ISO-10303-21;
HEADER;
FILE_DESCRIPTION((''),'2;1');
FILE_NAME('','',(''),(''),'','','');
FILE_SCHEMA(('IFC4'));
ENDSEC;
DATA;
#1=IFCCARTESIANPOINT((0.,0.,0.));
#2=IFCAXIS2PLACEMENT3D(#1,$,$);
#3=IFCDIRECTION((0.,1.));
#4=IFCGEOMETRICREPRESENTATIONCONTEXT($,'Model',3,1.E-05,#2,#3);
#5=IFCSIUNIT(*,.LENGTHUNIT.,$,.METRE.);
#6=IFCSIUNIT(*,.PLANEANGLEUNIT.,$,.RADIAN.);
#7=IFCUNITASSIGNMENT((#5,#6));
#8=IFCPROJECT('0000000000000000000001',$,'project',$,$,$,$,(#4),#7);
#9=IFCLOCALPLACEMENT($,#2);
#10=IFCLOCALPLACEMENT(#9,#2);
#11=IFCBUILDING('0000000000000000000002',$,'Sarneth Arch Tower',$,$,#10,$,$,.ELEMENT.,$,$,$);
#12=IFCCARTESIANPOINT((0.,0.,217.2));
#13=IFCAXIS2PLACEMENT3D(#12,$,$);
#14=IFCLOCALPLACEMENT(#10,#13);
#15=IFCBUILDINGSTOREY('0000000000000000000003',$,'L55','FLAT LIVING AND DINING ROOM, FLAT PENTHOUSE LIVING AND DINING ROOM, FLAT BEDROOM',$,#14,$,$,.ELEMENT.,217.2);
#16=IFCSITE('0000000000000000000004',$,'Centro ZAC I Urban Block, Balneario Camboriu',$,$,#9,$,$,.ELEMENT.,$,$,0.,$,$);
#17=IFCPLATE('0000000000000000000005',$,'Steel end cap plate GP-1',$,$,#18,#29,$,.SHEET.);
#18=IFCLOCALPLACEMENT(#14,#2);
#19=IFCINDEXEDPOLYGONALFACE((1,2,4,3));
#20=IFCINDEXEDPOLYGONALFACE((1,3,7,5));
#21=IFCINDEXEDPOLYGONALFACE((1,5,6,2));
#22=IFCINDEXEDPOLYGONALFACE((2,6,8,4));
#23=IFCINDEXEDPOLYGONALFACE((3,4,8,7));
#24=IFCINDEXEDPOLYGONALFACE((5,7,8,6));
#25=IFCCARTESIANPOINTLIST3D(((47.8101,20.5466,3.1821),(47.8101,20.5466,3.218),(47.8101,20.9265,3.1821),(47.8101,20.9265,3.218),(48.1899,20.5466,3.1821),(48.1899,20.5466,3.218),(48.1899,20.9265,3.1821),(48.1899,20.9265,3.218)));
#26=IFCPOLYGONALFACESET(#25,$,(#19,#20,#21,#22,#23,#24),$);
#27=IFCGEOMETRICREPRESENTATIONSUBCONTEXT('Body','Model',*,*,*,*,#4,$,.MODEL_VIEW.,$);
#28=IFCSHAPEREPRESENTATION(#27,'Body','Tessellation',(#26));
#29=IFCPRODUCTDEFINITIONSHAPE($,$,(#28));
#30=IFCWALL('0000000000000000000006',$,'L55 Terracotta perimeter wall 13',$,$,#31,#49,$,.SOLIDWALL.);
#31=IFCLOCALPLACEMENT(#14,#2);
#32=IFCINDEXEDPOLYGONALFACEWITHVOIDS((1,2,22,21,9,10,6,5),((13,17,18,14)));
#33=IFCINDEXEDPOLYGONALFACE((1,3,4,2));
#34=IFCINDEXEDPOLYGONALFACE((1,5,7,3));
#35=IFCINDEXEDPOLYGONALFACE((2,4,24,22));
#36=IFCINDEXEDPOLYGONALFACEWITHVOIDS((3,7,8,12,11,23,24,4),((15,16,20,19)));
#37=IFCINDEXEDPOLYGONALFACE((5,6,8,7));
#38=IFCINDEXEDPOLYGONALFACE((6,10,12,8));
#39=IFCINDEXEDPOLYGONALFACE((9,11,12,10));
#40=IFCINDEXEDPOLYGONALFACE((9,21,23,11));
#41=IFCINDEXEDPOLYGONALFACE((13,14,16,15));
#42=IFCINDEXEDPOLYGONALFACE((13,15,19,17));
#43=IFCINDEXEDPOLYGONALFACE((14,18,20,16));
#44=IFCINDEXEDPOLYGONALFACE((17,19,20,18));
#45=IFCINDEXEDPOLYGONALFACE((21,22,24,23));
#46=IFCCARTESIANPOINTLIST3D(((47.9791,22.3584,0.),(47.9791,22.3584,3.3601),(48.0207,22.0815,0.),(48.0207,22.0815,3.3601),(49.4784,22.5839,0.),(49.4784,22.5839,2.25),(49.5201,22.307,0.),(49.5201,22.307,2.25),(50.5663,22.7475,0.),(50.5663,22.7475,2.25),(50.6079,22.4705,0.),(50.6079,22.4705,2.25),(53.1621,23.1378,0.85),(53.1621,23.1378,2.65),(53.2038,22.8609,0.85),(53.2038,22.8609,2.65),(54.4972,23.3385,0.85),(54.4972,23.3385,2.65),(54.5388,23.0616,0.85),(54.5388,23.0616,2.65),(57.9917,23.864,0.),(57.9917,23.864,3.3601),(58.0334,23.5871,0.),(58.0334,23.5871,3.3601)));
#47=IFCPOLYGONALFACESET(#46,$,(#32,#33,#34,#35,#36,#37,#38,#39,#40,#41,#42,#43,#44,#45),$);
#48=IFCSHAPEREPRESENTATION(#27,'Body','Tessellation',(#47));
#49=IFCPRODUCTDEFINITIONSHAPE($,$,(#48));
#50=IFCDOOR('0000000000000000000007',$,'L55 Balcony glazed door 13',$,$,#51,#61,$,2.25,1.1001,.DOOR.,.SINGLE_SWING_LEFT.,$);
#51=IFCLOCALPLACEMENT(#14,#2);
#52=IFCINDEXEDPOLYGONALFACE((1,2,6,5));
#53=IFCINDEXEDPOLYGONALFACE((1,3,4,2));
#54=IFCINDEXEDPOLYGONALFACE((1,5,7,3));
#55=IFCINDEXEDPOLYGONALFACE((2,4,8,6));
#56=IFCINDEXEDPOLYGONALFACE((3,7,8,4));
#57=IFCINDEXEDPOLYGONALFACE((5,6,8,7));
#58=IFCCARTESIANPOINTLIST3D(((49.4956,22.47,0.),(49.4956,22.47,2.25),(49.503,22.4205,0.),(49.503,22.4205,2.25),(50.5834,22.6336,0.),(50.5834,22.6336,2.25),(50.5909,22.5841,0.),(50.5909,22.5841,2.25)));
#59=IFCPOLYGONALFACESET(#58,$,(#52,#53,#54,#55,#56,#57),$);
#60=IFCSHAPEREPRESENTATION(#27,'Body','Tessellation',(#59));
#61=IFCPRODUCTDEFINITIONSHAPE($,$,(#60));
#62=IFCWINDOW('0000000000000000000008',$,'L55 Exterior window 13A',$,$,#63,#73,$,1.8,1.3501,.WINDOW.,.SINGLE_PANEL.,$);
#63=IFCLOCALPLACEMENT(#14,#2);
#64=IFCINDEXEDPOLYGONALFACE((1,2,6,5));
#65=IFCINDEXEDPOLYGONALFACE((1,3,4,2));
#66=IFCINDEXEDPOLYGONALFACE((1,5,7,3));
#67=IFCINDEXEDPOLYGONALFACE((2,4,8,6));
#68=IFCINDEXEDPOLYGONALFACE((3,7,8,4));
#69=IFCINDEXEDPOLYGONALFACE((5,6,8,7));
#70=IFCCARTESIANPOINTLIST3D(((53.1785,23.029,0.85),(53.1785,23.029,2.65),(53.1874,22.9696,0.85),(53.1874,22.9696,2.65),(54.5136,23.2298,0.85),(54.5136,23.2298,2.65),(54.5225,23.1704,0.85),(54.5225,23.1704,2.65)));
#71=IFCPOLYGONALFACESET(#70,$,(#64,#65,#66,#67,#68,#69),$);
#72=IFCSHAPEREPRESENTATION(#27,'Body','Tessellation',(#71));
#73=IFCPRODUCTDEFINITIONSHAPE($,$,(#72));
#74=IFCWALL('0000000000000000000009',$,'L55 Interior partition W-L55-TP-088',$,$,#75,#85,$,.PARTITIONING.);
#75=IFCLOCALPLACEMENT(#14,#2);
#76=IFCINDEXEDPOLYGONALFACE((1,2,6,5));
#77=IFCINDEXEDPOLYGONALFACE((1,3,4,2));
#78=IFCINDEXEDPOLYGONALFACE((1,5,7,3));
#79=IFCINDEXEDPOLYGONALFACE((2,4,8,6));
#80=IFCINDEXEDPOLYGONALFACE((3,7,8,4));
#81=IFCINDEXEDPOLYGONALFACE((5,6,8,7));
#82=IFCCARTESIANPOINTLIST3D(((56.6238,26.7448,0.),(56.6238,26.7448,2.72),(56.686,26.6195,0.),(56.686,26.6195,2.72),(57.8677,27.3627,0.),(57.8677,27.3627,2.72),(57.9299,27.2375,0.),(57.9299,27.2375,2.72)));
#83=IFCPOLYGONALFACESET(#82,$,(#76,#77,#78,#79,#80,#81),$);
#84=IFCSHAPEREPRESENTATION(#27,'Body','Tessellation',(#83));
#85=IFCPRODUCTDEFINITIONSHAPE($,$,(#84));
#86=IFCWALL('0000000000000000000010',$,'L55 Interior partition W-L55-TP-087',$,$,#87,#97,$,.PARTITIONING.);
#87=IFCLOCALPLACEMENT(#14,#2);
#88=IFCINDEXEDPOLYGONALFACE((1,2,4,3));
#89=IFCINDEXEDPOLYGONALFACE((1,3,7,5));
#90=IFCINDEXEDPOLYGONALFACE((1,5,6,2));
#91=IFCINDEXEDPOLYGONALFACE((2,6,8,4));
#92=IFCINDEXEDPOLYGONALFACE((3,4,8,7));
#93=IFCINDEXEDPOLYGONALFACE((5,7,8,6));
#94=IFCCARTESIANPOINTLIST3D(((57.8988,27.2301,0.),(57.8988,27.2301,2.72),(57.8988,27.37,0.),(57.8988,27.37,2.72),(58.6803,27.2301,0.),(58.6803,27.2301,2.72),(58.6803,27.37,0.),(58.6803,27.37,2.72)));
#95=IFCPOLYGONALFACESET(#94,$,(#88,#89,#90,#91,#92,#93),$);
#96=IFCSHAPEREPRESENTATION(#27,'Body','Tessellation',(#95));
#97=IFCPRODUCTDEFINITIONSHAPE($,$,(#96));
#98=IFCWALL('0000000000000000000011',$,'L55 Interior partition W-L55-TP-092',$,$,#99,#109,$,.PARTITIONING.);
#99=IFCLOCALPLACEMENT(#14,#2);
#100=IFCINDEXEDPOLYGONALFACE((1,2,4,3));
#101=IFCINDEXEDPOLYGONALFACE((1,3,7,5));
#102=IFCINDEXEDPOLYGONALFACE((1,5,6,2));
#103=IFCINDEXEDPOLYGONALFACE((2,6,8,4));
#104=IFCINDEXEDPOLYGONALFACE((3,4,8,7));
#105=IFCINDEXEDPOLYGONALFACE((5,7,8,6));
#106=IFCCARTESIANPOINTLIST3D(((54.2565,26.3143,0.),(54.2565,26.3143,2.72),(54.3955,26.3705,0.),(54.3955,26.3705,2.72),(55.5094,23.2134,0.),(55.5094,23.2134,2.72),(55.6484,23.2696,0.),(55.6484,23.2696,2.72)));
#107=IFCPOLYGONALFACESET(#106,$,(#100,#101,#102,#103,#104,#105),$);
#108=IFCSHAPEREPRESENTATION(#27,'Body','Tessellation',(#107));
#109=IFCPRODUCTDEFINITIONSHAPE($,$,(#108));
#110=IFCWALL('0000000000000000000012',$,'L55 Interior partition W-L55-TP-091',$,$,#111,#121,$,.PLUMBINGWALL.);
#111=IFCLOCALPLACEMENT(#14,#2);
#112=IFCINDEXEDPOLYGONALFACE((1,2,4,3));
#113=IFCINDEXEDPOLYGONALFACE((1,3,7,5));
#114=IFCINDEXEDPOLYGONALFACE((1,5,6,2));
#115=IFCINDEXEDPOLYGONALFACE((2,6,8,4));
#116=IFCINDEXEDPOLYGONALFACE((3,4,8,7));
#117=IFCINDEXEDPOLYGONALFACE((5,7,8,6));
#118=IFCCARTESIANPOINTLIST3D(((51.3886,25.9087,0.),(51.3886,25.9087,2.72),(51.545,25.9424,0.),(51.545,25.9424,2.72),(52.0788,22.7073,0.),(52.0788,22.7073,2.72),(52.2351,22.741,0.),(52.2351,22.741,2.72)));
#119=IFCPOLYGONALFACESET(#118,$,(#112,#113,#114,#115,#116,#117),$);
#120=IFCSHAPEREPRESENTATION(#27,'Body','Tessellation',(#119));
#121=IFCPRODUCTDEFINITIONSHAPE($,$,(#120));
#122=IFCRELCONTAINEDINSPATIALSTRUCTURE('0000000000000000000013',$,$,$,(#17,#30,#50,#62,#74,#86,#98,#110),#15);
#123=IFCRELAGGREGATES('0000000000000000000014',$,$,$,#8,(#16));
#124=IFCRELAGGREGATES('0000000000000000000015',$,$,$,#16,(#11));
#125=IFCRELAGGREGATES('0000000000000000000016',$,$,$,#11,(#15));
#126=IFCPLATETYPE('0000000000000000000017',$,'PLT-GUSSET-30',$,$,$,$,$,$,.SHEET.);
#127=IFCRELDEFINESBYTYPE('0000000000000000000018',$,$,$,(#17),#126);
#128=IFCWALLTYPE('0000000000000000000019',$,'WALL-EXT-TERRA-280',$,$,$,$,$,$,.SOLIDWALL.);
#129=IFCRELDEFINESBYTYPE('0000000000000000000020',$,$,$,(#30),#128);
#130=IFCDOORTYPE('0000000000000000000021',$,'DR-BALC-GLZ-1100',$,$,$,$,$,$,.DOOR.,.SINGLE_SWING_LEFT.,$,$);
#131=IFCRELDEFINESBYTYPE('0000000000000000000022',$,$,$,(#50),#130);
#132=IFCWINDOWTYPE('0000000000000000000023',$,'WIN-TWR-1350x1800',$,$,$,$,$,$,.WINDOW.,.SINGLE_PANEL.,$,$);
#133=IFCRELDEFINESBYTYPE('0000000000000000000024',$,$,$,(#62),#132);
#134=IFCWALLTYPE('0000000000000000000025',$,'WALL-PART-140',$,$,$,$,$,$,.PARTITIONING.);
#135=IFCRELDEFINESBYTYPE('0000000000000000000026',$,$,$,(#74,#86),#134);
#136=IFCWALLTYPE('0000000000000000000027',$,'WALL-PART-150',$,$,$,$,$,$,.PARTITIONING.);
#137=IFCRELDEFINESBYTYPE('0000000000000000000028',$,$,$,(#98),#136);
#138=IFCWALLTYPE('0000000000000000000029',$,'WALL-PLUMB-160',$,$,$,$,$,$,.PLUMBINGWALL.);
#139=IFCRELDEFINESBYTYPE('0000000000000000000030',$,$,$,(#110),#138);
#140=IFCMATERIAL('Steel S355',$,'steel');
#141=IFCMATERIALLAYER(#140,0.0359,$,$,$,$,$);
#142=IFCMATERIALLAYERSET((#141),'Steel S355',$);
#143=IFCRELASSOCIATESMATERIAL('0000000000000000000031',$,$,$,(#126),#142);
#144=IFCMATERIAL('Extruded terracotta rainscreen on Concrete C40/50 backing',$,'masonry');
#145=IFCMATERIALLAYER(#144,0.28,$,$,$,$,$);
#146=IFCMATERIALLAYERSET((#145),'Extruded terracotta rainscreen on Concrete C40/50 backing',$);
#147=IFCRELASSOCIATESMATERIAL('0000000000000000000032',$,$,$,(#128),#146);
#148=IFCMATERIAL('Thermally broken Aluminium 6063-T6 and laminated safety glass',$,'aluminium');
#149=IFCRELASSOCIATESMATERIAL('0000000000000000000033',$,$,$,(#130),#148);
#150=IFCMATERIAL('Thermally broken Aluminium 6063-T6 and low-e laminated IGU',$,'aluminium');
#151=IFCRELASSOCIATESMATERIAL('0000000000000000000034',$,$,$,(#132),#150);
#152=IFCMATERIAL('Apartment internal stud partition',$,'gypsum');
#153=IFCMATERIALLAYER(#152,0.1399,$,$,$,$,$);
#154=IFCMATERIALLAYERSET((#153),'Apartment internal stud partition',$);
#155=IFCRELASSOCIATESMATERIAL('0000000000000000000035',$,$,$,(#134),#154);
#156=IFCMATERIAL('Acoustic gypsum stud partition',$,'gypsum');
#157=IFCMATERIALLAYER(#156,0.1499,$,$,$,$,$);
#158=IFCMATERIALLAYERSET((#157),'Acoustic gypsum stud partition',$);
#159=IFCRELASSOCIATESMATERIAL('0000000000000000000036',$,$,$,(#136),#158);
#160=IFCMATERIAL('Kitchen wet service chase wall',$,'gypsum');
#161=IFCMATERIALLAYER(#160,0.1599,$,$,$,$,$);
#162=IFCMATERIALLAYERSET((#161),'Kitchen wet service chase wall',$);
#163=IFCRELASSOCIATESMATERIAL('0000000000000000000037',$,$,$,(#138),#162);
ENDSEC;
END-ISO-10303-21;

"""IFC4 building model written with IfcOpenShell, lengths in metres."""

from ifc_helpers import new_model, si_unit, direction, frame, frame_2d, origin, origin_2d, place, context, subcontext, project, spatial, rectangle, extrude, material, layer, layer_set, type_object, element, fill, save


model = new_model("IFC4")

# Units and contexts
model_context = context("Model", 3, precision=1e-05, world=origin(), true_north=direction((0.0, 1.0)))
body_context = subcontext(model_context, "Body", "Model", "MODEL_VIEW")
ifc_project = project(units=[si_unit("LENGTHUNIT", "METRE"), si_unit("PLANEANGLEUNIT", "RADIAN")], contexts=[model_context])

# Site, building, storey
site_placement = place(None, origin())
site = spatial("IfcSite", under=ifc_project, at=site_placement, Name="Centro ZAC I Urban Block, Balneario Camboriu", CompositionType="ELEMENT", RefElevation=0.0)
building_placement = place(site_placement, origin())
building = spatial("IfcBuilding", under=site, at=building_placement, Name="Sarneth Arch Tower", CompositionType="ELEMENT")
storey_placement = place(building_placement, frame((0.0, 0.0, 217.2)))
storey = spatial("IfcBuildingStorey", under=building, at=storey_placement, Name="L55", Description="FLAT LIVING AND DINING ROOM, FLAT PENTHOUSE LIVING AND DINING ROOM, FLAT BEDROOM", CompositionType="ELEMENT", Elevation=217.2)

# Plate
ifc_material_1 = material(Name="Steel S355", Category="steel")
ifc_layer_1 = layer(ifc_material_1, 0.0359)
ifc_layer_set_1 = layer_set([ifc_layer_1], Name="Steel S355")
plate_type_1 = type_object("IfcPlateType", Name="PLT-GUSSET-30", PredefinedType="SHEET", material=ifc_layer_set_1)
plate_1_placement = place(storey_placement, frame((48.0, 20.7366, 3.1821), z_axis=(0.0, 0.0, 1.0), x_axis=(0.0, -1.0, 0.0)))
element("IfcPlate", 1, at=plate_1_placement, inside=storey, type_object=plate_type_1, Name="Steel end cap plate GP-1", PredefinedType="SHEET", context=body_context, shape_type="SweptSolid", body=[
    extrude(rectangle(XDim=0.3799, YDim=0.3799, at=origin_2d()), origin(), (0.0, 0.0, 1.0), 0.0359),
])

# Wall, openings, door, window
ifc_material_2 = material(Name="Extruded terracotta rainscreen on Concrete C40/50 backing", Category="masonry")
ifc_layer_2 = layer(ifc_material_2, 0.28)
ifc_layer_set_2 = layer_set([ifc_layer_2], Name="Extruded terracotta rainscreen on Concrete C40/50 backing")
wall_type_1 = type_object("IfcWallType", Name="WALL-EXT-TERRA-280", PredefinedType="SOLIDWALL", material=ifc_layer_set_2)
wall_1_placement = place(storey_placement, frame((48.0, 22.22, 0.0), z_axis=(0.0, 0.0, 1.0), x_axis=(0.988883, 0.148699, 0.0)))
wall_1 = element("IfcWall", 2, at=wall_1_placement, inside=storey, type_object=wall_type_1, Name="L55 Terracotta perimeter wall 13", PredefinedType="SOLIDWALL", context=body_context, shape_type="SweptSolid", body=[
    extrude(rectangle(XDim=10.1252, YDim=0.28, at=frame_2d((5.0625, 0.0))), origin(), (0.0, 0.0, 1.0), 3.3601),
])
opening_1_placement = place(wall_1_placement, frame((1.5161, 0.0, 0.0)))
opening_1 = element("IfcOpeningElement", 3, at=opening_1_placement, cuts=wall_1, PredefinedType="OPENING", context=body_context, shape_type="SweptSolid", body=[
    extrude(rectangle(XDim=1.1001, YDim=2.25, at=frame_2d((0.55, 1.125))), frame((0.0, 0.1499, 0.0), z_axis=(0.0, -1.0, 0.0), x_axis=(1.0, 0.0, 0.0)), (0.0, 0.0, 1.0), 0.3),
])
opening_2_placement = place(wall_1_placement, frame((5.2412, 0.0, 0.8501)))
opening_2 = element("IfcOpeningElement", 4, at=opening_2_placement, cuts=wall_1, PredefinedType="OPENING", context=body_context, shape_type="SweptSolid", body=[
    extrude(rectangle(XDim=1.3501, YDim=1.8, at=frame_2d((0.675, 0.8999))), frame((0.0, 0.1499, 0.0), z_axis=(0.0, -1.0, 0.0), x_axis=(1.0, 0.0, 0.0)), (0.0, 0.0, 1.0), 0.3),
])
ifc_material_3 = material(Name="Thermally broken Aluminium 6063-T6 and laminated safety glass", Category="aluminium")
door_type = type_object("IfcDoorType", Name="DR-BALC-GLZ-1100", OperationType="SINGLE_SWING_LEFT", PredefinedType="DOOR", material=ifc_material_3)
door_placement = place(opening_1_placement, origin())
door = element("IfcDoor", 5, at=door_placement, inside=storey, type_object=door_type, Name="L55 Balcony glazed door 13", OperationType="SINGLE_SWING_LEFT", OverallHeight=2.25, OverallWidth=1.1001, PredefinedType="DOOR", context=body_context, shape_type="SweptSolid", body=[
    extrude(rectangle(XDim=1.1001, YDim=2.25, at=frame_2d((0.55, 1.125))), frame((0.0, 0.0249, 0.0), z_axis=(0.0, -1.0, 0.0), x_axis=(1.0, 0.0, 0.0)), (0.0, 0.0, 1.0), 0.05),
])
fill(opening_1, door)
ifc_material_4 = material(Name="Thermally broken Aluminium 6063-T6 and low-e laminated IGU", Category="aluminium")
window_type = type_object("IfcWindowType", Name="WIN-TWR-1350x1800", PartitioningType="SINGLE_PANEL", PredefinedType="WINDOW", material=ifc_material_4)
window_placement = place(opening_2_placement, origin())
window = element("IfcWindow", 6, at=window_placement, inside=storey, type_object=window_type, Name="L55 Exterior window 13A", OverallHeight=1.8, OverallWidth=1.3501, PartitioningType="SINGLE_PANEL", PredefinedType="WINDOW", context=body_context, shape_type="SweptSolid", body=[
    extrude(rectangle(XDim=1.3501, YDim=1.8, at=frame_2d((0.675, 0.8999))), frame((0.0, 0.03, 0.0), z_axis=(0.0, -1.0, 0.0), x_axis=(1.0, 0.0, 0.0)), (0.0, 0.0, 1.0), 0.0601),
])
fill(opening_2, window)

# Walls
ifc_material_5 = material(Name="Apartment internal stud partition", Category="gypsum")
ifc_layer_3 = layer(ifc_material_5, 0.1399)
ifc_layer_set_3 = layer_set([ifc_layer_3], Name="Apartment internal stud partition")
wall_type_2 = type_object("IfcWallType", Name="WALL-PART-140", PredefinedType="PARTITIONING", material=ifc_layer_set_3)
wall_2_placement = place(storey_placement, frame((57.8987, 27.3, 0.0), z_axis=(0.0, 0.0, 1.0), x_axis=(-0.895584, -0.444892, 0.0)))
element("IfcWall", 7, at=wall_2_placement, inside=storey, type_object=wall_type_2, Name="L55 Interior partition W-L55-TP-088", PredefinedType="PARTITIONING", context=body_context, shape_type="SweptSolid", body=[
    extrude(rectangle(XDim=1.3889, YDim=0.1399, at=frame_2d((0.6943, 0.0))), origin(), (0.0, 0.0, 1.0), 2.72),
])
wall_3_placement = place(storey_placement, frame((58.6802, 27.3, 0.0), z_axis=(0.0, 0.0, 1.0), x_axis=(-1.0, 0.0, 0.0)))
element("IfcWall", 8, at=wall_3_placement, inside=storey, type_object=wall_type_2, Name="L55 Interior partition W-L55-TP-087", PredefinedType="PARTITIONING", context=body_context, shape_type="SweptSolid", body=[
    extrude(rectangle(XDim=0.7815, YDim=0.1399, at=frame_2d((0.3906, 0.0))), origin(), (0.0, 0.0, 1.0), 2.72),
])
ifc_material_6 = material(Name="Acoustic gypsum stud partition", Category="gypsum")
ifc_layer_4 = layer(ifc_material_6, 0.1499)
ifc_layer_set_4 = layer_set([ifc_layer_4], Name="Acoustic gypsum stud partition")
wall_type_3 = type_object("IfcWallType", Name="WALL-PART-150", PredefinedType="PARTITIONING", material=ifc_layer_set_4)
wall_4_placement = place(storey_placement, frame((54.3259, 26.3425, 0.0), z_axis=(0.0, 0.0, 1.0), x_axis=(0.374636, -0.927172, 0.0)))
element("IfcWall", 9, at=wall_4_placement, inside=storey, type_object=wall_type_3, Name="L55 Interior partition W-L55-TP-092", PredefinedType="PARTITIONING", context=body_context, shape_type="SweptSolid", body=[
    extrude(rectangle(XDim=3.3445, YDim=0.1499, at=frame_2d((1.6724, 0.0))), origin(), (0.0, 0.0, 1.0), 2.72),
])
ifc_material_7 = material(Name="Kitchen wet service chase wall", Category="gypsum")
ifc_layer_5 = layer(ifc_material_7, 0.1599)
ifc_layer_set_5 = layer_set([ifc_layer_5], Name="Kitchen wet service chase wall")
wall_type_4 = type_object("IfcWallType", Name="WALL-PLUMB-160", PredefinedType="PLUMBINGWALL", material=ifc_layer_set_5)
wall_5_placement = place(storey_placement, frame((51.4668, 25.9255, 0.0), z_axis=(0.0, 0.0, 1.0), x_axis=(0.210746, -0.977541, 0.0)))
element("IfcWall", 10, at=wall_5_placement, inside=storey, type_object=wall_type_4, Name="L55 Interior partition W-L55-TP-091", PredefinedType="PLUMBINGWALL", context=body_context, shape_type="SweptSolid", body=[
    extrude(rectangle(XDim=3.2749, YDim=0.1599, at=frame_2d((1.6375, 0.0))), origin(), (0.0, 0.0, 1.0), 2.72),
])

save(model, "model.ifc")
